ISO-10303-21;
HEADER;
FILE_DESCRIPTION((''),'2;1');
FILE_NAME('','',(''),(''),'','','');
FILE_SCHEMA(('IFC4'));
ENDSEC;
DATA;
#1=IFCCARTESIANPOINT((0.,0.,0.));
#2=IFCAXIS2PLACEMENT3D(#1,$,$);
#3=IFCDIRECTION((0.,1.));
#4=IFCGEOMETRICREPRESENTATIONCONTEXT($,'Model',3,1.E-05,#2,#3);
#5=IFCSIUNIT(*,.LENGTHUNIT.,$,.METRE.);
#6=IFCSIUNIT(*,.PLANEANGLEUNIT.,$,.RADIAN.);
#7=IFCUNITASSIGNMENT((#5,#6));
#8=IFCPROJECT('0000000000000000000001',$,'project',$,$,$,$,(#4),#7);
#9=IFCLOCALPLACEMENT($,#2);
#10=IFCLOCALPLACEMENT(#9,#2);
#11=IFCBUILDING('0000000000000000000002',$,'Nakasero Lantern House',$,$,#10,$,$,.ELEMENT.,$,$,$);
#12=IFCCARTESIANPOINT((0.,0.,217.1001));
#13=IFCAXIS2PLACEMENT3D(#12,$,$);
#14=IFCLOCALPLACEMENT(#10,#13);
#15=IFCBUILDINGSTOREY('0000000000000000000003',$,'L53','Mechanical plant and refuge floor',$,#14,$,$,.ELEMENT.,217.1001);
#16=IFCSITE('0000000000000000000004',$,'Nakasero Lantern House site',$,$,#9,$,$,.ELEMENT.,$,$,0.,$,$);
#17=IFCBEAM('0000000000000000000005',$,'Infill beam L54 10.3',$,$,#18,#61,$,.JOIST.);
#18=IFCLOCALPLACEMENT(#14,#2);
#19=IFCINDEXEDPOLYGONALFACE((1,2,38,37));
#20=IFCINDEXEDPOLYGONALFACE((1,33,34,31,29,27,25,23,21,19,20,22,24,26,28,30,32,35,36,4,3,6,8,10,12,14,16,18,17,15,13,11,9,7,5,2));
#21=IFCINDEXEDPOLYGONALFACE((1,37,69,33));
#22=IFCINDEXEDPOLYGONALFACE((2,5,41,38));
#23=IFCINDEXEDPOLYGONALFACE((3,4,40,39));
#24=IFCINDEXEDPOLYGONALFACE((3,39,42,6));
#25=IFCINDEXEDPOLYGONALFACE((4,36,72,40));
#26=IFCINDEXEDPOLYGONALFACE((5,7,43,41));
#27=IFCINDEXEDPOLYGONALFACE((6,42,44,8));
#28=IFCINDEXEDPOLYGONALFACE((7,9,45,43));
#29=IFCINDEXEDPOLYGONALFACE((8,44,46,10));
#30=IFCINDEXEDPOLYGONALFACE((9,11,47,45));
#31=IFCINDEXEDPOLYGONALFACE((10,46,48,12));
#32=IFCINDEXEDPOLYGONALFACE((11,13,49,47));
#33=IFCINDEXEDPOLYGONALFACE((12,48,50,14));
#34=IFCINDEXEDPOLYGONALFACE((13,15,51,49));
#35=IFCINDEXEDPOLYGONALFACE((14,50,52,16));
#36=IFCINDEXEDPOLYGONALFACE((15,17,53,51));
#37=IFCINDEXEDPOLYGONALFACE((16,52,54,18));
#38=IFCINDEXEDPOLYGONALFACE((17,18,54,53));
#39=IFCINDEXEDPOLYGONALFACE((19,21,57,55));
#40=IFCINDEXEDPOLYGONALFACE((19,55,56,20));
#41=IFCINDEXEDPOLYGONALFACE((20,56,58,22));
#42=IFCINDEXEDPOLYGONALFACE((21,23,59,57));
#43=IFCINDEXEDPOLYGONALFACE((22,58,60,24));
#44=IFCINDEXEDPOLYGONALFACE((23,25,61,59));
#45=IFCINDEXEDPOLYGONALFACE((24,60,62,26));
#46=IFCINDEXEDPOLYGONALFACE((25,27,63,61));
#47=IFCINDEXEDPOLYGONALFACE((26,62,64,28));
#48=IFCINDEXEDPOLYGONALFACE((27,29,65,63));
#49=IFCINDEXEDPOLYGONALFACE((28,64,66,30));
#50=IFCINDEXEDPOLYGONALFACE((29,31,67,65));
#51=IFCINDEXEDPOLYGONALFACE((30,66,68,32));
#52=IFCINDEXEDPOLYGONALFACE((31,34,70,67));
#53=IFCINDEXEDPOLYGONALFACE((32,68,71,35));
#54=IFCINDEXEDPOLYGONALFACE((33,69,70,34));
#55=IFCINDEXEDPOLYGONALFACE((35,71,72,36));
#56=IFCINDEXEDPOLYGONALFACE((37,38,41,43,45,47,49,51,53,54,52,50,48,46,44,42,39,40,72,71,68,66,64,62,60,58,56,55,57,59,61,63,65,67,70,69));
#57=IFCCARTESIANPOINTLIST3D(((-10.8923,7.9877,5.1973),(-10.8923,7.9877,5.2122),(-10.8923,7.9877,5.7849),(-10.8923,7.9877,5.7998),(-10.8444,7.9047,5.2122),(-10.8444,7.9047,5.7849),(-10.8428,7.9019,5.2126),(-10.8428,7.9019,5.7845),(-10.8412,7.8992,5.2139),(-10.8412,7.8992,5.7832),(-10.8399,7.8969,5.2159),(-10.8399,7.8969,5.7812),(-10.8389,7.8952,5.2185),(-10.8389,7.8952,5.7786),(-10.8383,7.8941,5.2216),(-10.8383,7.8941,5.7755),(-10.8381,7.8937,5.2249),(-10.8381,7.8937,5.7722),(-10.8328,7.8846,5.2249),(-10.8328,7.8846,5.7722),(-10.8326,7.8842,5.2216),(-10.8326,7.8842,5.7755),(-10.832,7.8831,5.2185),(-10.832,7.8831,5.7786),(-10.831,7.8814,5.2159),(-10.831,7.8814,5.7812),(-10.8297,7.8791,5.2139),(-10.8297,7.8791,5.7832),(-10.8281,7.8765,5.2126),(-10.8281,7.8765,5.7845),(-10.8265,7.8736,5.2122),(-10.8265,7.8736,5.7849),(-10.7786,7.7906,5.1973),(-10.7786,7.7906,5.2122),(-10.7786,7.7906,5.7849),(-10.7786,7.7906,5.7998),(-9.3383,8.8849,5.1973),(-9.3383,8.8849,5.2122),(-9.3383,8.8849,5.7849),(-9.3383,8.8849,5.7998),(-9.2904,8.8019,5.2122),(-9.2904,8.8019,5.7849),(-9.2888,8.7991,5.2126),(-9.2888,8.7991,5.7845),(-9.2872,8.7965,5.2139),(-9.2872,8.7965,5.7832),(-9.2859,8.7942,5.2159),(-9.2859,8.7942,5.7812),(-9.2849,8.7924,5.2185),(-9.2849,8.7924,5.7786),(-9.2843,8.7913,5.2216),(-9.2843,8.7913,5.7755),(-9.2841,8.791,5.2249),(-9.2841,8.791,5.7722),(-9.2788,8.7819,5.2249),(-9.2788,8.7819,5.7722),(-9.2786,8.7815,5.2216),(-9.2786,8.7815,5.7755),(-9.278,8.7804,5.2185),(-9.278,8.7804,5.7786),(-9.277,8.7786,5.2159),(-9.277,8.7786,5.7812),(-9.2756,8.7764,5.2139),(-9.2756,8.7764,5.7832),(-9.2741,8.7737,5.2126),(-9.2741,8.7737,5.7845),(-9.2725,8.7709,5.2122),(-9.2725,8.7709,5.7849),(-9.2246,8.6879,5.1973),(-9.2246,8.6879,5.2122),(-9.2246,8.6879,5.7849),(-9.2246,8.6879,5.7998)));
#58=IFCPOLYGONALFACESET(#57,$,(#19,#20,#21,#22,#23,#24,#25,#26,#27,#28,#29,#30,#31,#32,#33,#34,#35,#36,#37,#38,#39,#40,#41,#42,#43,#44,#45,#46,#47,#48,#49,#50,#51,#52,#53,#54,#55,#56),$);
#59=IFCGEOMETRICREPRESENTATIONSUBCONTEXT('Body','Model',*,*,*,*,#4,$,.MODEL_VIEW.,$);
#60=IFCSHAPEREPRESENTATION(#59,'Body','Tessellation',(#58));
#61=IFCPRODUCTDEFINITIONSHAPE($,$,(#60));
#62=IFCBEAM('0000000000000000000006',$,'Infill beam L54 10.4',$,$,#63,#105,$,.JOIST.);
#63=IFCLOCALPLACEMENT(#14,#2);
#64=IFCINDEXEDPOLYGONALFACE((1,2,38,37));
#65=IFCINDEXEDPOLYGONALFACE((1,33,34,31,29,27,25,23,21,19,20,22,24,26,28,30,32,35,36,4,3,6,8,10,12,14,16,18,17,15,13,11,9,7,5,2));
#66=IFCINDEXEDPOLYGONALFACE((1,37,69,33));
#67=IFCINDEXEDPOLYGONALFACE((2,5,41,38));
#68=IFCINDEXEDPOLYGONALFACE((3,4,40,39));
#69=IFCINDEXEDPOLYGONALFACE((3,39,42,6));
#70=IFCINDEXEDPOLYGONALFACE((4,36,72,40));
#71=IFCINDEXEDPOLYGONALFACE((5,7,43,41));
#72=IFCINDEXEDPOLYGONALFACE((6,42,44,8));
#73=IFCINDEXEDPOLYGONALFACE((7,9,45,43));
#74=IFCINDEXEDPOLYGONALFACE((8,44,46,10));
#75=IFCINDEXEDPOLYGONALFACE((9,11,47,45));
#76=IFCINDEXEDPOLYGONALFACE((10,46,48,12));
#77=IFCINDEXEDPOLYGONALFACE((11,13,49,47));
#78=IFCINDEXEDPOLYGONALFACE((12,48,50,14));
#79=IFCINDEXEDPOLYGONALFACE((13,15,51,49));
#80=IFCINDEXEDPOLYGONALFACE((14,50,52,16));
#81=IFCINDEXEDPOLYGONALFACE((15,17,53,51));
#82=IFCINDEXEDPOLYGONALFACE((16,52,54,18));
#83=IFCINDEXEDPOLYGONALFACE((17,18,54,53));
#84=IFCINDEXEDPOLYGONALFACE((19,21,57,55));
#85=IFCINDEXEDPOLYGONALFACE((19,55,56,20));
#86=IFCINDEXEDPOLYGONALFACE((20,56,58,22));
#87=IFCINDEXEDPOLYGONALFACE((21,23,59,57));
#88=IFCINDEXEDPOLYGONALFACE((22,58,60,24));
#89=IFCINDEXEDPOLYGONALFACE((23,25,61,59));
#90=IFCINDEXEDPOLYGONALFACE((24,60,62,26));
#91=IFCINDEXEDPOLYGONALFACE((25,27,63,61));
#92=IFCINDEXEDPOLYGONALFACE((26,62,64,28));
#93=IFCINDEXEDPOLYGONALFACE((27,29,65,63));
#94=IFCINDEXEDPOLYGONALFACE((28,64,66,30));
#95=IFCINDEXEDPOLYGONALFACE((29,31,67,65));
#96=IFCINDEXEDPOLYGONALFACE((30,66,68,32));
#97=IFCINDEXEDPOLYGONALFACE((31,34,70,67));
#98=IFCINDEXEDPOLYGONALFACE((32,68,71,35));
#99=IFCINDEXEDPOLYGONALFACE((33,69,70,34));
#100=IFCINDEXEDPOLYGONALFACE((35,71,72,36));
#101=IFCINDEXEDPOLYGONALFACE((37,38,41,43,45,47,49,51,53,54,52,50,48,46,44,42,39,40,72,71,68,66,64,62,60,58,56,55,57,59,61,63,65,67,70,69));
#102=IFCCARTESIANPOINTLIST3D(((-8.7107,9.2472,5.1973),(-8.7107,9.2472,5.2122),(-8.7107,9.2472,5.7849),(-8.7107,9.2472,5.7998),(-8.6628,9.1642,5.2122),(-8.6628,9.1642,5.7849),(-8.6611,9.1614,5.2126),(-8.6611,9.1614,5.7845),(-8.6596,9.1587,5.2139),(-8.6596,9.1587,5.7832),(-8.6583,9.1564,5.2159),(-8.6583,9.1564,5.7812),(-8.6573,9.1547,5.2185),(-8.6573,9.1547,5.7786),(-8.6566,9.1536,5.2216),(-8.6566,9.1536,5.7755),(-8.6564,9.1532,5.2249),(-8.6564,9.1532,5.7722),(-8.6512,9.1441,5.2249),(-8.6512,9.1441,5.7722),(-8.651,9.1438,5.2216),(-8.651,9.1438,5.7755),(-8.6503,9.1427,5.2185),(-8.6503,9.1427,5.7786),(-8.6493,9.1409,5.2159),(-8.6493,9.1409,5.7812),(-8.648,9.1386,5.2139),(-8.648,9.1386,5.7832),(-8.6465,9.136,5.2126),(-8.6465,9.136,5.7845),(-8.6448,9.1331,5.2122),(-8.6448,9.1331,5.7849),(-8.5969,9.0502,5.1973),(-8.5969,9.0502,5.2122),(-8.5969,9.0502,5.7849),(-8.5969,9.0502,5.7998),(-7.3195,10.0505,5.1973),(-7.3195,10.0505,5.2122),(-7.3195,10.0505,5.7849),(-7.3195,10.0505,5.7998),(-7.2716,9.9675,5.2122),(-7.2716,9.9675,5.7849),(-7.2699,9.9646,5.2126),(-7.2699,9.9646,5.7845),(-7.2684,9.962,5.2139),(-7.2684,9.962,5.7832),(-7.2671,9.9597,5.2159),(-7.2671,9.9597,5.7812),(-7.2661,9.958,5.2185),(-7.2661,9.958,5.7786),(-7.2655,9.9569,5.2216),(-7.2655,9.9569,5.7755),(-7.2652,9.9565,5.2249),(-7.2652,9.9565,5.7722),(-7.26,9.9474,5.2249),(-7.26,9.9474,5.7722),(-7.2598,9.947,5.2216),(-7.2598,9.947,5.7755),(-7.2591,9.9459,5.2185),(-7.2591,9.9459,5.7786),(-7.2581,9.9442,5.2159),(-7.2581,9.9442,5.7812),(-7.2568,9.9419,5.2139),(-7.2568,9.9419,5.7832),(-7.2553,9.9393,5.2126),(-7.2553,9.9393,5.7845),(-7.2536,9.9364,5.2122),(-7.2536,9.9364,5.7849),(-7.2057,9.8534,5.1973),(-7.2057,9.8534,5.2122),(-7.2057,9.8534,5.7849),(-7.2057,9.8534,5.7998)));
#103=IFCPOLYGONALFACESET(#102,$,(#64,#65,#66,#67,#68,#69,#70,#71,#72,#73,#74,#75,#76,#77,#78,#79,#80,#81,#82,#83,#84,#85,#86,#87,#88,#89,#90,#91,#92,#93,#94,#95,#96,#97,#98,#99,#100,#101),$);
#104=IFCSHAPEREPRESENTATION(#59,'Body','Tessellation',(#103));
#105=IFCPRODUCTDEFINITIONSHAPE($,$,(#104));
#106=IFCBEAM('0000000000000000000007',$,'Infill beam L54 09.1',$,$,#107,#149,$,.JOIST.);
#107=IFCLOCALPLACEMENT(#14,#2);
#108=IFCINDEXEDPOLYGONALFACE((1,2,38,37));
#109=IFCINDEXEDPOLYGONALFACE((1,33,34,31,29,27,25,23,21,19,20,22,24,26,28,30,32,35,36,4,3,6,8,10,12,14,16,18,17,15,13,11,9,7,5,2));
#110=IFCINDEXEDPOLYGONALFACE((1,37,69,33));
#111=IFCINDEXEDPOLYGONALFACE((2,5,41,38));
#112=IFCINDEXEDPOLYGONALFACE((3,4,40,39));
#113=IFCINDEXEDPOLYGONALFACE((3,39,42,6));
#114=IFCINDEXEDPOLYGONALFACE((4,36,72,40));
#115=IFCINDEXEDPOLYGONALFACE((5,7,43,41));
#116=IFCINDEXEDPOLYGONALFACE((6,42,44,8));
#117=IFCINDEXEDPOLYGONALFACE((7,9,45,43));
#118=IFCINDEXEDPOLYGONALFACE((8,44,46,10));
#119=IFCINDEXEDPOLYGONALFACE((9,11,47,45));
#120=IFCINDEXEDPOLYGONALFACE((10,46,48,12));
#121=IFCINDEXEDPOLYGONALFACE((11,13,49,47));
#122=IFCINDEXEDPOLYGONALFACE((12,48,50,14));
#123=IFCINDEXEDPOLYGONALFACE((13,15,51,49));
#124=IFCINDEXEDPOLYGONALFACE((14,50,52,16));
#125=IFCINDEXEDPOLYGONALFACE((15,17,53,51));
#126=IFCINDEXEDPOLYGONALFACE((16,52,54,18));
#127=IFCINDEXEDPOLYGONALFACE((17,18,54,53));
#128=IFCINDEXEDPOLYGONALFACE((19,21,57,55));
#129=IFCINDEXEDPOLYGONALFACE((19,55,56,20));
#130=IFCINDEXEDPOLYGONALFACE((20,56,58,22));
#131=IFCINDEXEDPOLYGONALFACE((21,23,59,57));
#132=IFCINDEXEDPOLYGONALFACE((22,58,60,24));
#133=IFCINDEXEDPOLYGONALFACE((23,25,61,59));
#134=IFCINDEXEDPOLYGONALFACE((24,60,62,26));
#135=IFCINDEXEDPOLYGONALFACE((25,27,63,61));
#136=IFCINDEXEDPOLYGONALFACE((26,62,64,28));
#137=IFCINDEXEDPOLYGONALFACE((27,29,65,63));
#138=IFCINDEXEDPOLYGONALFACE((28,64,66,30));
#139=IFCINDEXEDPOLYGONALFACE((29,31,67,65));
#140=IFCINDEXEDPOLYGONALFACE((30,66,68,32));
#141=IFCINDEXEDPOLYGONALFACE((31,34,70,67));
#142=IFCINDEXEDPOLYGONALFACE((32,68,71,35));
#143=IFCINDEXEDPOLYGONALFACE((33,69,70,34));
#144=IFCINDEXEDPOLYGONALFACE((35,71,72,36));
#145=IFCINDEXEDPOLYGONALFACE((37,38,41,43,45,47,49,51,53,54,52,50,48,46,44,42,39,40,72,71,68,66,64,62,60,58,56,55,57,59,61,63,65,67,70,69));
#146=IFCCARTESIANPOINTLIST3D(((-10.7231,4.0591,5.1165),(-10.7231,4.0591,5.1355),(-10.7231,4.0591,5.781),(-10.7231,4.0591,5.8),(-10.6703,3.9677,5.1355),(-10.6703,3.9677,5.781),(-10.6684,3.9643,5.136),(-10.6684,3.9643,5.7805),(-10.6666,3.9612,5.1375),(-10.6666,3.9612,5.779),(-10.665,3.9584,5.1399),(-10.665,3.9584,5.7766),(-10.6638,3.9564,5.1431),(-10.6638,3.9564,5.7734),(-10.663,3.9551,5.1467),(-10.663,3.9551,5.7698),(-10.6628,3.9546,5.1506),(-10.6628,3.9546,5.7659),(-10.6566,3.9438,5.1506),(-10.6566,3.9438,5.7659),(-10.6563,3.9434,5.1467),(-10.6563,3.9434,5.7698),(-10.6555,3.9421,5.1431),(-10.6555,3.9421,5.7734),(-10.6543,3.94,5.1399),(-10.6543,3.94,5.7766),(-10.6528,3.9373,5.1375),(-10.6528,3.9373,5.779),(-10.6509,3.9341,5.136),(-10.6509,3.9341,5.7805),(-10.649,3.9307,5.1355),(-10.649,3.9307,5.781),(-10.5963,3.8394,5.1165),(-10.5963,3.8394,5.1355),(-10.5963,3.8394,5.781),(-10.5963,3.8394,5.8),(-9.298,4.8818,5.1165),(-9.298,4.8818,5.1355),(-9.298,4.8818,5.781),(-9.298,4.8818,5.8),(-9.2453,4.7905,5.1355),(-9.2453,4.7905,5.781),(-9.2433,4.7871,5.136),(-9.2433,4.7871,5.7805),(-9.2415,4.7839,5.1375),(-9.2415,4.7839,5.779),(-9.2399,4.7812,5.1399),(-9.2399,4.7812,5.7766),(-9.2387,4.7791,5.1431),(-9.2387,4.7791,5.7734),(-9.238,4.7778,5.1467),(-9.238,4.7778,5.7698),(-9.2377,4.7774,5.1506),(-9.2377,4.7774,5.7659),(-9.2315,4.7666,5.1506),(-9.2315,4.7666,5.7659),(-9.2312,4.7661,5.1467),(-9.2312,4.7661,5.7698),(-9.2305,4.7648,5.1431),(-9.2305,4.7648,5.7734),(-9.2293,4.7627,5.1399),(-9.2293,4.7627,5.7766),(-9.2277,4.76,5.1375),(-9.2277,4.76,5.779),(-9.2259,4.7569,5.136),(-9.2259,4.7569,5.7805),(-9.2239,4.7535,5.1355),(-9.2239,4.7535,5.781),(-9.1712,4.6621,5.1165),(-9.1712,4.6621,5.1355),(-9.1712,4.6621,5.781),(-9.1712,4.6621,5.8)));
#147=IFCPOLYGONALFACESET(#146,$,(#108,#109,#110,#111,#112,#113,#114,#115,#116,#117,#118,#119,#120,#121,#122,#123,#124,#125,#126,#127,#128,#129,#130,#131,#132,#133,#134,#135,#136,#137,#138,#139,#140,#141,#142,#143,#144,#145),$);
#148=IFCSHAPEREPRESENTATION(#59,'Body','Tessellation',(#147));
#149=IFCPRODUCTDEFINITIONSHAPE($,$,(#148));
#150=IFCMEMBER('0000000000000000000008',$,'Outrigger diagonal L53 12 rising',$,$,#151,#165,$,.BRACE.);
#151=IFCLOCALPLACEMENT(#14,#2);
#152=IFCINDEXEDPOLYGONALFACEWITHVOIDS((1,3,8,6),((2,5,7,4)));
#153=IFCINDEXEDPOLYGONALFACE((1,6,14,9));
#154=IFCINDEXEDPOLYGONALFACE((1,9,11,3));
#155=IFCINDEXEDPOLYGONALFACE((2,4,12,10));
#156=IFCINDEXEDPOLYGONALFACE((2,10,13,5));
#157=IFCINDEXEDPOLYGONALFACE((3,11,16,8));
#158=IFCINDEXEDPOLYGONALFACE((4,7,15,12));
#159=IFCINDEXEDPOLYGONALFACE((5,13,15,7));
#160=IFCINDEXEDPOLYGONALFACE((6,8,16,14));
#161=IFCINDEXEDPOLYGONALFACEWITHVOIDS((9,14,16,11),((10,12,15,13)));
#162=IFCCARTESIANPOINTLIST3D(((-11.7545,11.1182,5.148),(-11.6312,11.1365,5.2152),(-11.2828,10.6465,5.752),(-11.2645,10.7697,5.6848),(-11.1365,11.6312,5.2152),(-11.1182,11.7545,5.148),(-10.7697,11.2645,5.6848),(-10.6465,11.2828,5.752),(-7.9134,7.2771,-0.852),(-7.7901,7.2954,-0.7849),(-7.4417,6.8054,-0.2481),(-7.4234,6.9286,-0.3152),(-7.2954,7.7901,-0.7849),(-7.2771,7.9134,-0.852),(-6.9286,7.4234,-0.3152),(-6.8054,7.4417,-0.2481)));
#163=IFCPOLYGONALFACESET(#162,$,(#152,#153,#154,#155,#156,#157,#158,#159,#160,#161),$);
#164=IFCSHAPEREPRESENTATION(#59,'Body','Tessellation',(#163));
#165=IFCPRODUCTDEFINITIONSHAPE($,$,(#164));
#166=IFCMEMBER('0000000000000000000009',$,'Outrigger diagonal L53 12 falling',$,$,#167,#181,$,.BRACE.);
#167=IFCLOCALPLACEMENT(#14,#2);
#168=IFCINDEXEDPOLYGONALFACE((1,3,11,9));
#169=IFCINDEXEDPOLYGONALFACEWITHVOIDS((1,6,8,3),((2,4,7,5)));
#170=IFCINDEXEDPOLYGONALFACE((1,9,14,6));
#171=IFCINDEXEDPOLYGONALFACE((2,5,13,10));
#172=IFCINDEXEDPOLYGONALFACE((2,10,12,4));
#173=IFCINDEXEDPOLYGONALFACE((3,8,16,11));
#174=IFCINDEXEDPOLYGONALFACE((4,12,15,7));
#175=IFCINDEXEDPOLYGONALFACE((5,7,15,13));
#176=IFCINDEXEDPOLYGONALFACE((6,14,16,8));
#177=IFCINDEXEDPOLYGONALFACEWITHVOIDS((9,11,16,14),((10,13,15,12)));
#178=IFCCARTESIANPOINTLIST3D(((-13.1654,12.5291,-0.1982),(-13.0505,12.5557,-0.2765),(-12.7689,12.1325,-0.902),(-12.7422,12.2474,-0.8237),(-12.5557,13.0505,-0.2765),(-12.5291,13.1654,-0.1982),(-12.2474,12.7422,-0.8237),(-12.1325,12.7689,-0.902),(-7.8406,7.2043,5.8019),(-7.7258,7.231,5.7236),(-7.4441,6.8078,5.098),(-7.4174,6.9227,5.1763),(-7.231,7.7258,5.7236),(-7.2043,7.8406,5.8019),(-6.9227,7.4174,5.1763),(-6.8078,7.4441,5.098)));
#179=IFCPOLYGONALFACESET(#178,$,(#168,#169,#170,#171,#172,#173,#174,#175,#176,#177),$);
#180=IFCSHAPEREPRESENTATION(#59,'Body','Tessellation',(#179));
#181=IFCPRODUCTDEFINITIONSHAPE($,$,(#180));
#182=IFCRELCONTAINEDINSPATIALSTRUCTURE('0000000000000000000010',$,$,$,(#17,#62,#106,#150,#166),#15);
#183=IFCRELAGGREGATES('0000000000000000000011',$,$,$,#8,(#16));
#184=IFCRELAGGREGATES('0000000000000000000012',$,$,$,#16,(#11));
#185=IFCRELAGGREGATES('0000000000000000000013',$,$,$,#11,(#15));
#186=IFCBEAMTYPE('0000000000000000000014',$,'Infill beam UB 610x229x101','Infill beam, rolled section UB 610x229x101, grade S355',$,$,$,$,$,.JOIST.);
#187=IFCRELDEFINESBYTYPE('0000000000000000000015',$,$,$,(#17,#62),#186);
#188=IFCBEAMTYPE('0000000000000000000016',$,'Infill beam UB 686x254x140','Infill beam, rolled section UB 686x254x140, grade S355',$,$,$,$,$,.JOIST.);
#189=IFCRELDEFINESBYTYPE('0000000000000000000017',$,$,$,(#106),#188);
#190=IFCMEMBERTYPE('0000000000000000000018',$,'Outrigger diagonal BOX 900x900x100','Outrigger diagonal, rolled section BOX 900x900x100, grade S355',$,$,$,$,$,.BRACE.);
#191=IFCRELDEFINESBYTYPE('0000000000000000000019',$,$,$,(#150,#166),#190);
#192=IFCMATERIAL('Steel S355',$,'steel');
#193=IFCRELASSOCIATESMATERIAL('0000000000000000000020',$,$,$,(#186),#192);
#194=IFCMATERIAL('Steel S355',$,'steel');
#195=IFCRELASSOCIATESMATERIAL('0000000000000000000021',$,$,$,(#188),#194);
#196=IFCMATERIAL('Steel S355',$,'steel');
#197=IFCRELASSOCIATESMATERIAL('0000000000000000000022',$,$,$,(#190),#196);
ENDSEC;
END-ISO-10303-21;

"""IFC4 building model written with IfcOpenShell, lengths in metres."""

from ifc_helpers import new_model, si_unit, direction, frame, origin, origin_2d, place, context, subcontext, project, spatial, hollow_rectangle, i_section, extrude, material, material_profile, profile_set, type_object, element, save


model = new_model("IFC4")

# Units and contexts
model_context = context("Model", 3, precision=1e-05, world=origin(), true_north=direction((0.0, 1.0)))
body_context = subcontext(model_context, "Body", "Model", "MODEL_VIEW")
ifc_project = project(units=[si_unit("LENGTHUNIT", "METRE"), si_unit("PLANEANGLEUNIT", "RADIAN")], contexts=[model_context])

# Site, building, storey
site_placement = place(None, origin())
site = spatial("IfcSite", under=ifc_project, at=site_placement, Name="Nakasero Lantern House site", CompositionType="ELEMENT", RefElevation=0.0)
building_placement = place(site_placement, origin())
building = spatial("IfcBuilding", under=site, at=building_placement, Name="Nakasero Lantern House", CompositionType="ELEMENT")
storey_placement = place(building_placement, frame((0.0, 0.0, 217.1001)))
storey = spatial("IfcBuildingStorey", under=building, at=storey_placement, Name="L53", Description="Mechanical plant and refuge floor", CompositionType="ELEMENT", Elevation=217.1001)

# Beams
ifc_material_1 = material(Name="Steel S355", Category="steel")
ifc_material_profile_1 = material_profile(ifc_material_1, i_section(OverallWidth=0.2275, OverallDepth=0.6025, WebThickness=0.0105, FlangeThickness=0.0149, FilletRadius=0.0127, at=origin_2d()), Name="UB 610x229x101")
ifc_profile_set_1 = profile_set([ifc_material_profile_1], Name="Steel S355")
beam_type_1 = type_object("IfcBeamType", Name="Infill beam UB 610x229x101", Description="Infill beam, rolled section UB 610x229x101, grade S355", PredefinedType="JOIST", material=ifc_profile_set_1)
beam_1_placement = place(storey_placement, frame((-10.8354, 7.8892, 5.4985), z_axis=(0.866016, 0.500017, 0.0), x_axis=(-0.500017, 0.866016, 0.0)))
element("IfcBeam", 1, at=beam_1_placement, inside=storey, type_object=beam_type_1, Name="Infill beam L54 10.3", PredefinedType="JOIST", context=body_context, shape_type="SweptSolid", body=[
    extrude(i_section(OverallWidth=0.2275, OverallDepth=0.6025, WebThickness=0.0105, FlangeThickness=0.0149, FilletRadius=0.0127, at=origin_2d()), origin(), (0.0, 0.0, 1.0), 1.7944),
])
beam_2_placement = place(storey_placement, frame((-8.6538, 9.1487, 5.4985), z_axis=(0.866008, 0.500029, 0.0), x_axis=(-0.500029, 0.866008, 0.0)))
element("IfcBeam", 2, at=beam_2_placement, inside=storey, type_object=beam_type_1, Name="Infill beam L54 10.4", PredefinedType="JOIST", context=body_context, shape_type="SweptSolid", body=[
    extrude(i_section(OverallWidth=0.2275, OverallDepth=0.6025, WebThickness=0.0105, FlangeThickness=0.0149, FilletRadius=0.0127, at=origin_2d()), origin(), (0.0, 0.0, 1.0), 1.6064),
])
ifc_material_2 = material(Name="Steel S355", Category="steel")
ifc_material_profile_2 = material_profile(ifc_material_2, i_section(OverallWidth=0.2537, OverallDepth=0.6836, WebThickness=0.0125, FlangeThickness=0.019, FilletRadius=0.0151, at=origin_2d()), Name="UB 686x254x140")
ifc_profile_set_2 = profile_set([ifc_material_profile_2], Name="Steel S355")
beam_type_2 = type_object("IfcBeamType", Name="Infill beam UB 686x254x140", Description="Infill beam, rolled section UB 686x254x140, grade S355", PredefinedType="JOIST", material=ifc_profile_set_2)
beam_3_placement = place(storey_placement, frame((-10.6597, 3.9492, 5.4583), z_axis=(0.866025, 0.500001, 0.0), x_axis=(-0.500001, 0.866025, 0.0)))
element("IfcBeam", 3, at=beam_3_placement, inside=storey, type_object=beam_type_2, Name="Infill beam L54 09.1", PredefinedType="JOIST", context=body_context, shape_type="SweptSolid", body=[
    extrude(i_section(OverallWidth=0.2537, OverallDepth=0.6836, WebThickness=0.0125, FlangeThickness=0.019, FilletRadius=0.0151, at=origin_2d()), origin(), (0.0, 0.0, 1.0), 1.6455),
])

# Members
ifc_material_3 = material(Name="Steel S355", Category="steel")
ifc_material_profile_3 = material_profile(ifc_material_3, hollow_rectangle(XDim=0.8999, YDim=0.8999, WallThickness=0.1001, at=origin_2d()), Name="BOX 900x900x100")
ifc_profile_set_3 = profile_set([ifc_material_profile_3], Name="Steel S355")
member_type = type_object("IfcMemberType", Name="Outrigger diagonal BOX 900x900x100", Description="Outrigger diagonal, rolled section BOX 900x900x100, grade S355", PredefinedType="BRACE", material=ifc_profile_set_3)
member_1_placement = place(storey_placement, frame((-7.3594, 7.3594, -0.55), z_axis=(-0.474576, 0.474576, 0.74132), x_axis=(-0.707107, -0.707107, 0.0)))
element("IfcMember", 4, at=member_1_placement, inside=storey, type_object=member_type, Name="Outrigger diagonal L53 12 rising", PredefinedType="BRACE", context=body_context, shape_type="SweptSolid", body=[
    extrude(hollow_rectangle(XDim=0.8999, YDim=0.8999, WallThickness=0.1001, at=origin_2d()), origin(), (0.0, 0.0, 1.0), 8.0938),
])
member_2_placement = place(storey_placement, frame((-7.3242, 7.3242, 5.45), z_axis=(-0.553024, 0.553024, -0.62316), x_axis=(-0.707107, -0.707107, 0.0)))
element("IfcMember", 5, at=member_2_placement, inside=storey, type_object=member_type, Name="Outrigger diagonal L53 12 falling", PredefinedType="BRACE", context=body_context, shape_type="SweptSolid", body=[
    extrude(hollow_rectangle(XDim=0.8999, YDim=0.8999, WallThickness=0.1001, at=origin_2d()), origin(), (0.0, 0.0, 1.0), 9.6284),
])

save(model, "model.ifc")
